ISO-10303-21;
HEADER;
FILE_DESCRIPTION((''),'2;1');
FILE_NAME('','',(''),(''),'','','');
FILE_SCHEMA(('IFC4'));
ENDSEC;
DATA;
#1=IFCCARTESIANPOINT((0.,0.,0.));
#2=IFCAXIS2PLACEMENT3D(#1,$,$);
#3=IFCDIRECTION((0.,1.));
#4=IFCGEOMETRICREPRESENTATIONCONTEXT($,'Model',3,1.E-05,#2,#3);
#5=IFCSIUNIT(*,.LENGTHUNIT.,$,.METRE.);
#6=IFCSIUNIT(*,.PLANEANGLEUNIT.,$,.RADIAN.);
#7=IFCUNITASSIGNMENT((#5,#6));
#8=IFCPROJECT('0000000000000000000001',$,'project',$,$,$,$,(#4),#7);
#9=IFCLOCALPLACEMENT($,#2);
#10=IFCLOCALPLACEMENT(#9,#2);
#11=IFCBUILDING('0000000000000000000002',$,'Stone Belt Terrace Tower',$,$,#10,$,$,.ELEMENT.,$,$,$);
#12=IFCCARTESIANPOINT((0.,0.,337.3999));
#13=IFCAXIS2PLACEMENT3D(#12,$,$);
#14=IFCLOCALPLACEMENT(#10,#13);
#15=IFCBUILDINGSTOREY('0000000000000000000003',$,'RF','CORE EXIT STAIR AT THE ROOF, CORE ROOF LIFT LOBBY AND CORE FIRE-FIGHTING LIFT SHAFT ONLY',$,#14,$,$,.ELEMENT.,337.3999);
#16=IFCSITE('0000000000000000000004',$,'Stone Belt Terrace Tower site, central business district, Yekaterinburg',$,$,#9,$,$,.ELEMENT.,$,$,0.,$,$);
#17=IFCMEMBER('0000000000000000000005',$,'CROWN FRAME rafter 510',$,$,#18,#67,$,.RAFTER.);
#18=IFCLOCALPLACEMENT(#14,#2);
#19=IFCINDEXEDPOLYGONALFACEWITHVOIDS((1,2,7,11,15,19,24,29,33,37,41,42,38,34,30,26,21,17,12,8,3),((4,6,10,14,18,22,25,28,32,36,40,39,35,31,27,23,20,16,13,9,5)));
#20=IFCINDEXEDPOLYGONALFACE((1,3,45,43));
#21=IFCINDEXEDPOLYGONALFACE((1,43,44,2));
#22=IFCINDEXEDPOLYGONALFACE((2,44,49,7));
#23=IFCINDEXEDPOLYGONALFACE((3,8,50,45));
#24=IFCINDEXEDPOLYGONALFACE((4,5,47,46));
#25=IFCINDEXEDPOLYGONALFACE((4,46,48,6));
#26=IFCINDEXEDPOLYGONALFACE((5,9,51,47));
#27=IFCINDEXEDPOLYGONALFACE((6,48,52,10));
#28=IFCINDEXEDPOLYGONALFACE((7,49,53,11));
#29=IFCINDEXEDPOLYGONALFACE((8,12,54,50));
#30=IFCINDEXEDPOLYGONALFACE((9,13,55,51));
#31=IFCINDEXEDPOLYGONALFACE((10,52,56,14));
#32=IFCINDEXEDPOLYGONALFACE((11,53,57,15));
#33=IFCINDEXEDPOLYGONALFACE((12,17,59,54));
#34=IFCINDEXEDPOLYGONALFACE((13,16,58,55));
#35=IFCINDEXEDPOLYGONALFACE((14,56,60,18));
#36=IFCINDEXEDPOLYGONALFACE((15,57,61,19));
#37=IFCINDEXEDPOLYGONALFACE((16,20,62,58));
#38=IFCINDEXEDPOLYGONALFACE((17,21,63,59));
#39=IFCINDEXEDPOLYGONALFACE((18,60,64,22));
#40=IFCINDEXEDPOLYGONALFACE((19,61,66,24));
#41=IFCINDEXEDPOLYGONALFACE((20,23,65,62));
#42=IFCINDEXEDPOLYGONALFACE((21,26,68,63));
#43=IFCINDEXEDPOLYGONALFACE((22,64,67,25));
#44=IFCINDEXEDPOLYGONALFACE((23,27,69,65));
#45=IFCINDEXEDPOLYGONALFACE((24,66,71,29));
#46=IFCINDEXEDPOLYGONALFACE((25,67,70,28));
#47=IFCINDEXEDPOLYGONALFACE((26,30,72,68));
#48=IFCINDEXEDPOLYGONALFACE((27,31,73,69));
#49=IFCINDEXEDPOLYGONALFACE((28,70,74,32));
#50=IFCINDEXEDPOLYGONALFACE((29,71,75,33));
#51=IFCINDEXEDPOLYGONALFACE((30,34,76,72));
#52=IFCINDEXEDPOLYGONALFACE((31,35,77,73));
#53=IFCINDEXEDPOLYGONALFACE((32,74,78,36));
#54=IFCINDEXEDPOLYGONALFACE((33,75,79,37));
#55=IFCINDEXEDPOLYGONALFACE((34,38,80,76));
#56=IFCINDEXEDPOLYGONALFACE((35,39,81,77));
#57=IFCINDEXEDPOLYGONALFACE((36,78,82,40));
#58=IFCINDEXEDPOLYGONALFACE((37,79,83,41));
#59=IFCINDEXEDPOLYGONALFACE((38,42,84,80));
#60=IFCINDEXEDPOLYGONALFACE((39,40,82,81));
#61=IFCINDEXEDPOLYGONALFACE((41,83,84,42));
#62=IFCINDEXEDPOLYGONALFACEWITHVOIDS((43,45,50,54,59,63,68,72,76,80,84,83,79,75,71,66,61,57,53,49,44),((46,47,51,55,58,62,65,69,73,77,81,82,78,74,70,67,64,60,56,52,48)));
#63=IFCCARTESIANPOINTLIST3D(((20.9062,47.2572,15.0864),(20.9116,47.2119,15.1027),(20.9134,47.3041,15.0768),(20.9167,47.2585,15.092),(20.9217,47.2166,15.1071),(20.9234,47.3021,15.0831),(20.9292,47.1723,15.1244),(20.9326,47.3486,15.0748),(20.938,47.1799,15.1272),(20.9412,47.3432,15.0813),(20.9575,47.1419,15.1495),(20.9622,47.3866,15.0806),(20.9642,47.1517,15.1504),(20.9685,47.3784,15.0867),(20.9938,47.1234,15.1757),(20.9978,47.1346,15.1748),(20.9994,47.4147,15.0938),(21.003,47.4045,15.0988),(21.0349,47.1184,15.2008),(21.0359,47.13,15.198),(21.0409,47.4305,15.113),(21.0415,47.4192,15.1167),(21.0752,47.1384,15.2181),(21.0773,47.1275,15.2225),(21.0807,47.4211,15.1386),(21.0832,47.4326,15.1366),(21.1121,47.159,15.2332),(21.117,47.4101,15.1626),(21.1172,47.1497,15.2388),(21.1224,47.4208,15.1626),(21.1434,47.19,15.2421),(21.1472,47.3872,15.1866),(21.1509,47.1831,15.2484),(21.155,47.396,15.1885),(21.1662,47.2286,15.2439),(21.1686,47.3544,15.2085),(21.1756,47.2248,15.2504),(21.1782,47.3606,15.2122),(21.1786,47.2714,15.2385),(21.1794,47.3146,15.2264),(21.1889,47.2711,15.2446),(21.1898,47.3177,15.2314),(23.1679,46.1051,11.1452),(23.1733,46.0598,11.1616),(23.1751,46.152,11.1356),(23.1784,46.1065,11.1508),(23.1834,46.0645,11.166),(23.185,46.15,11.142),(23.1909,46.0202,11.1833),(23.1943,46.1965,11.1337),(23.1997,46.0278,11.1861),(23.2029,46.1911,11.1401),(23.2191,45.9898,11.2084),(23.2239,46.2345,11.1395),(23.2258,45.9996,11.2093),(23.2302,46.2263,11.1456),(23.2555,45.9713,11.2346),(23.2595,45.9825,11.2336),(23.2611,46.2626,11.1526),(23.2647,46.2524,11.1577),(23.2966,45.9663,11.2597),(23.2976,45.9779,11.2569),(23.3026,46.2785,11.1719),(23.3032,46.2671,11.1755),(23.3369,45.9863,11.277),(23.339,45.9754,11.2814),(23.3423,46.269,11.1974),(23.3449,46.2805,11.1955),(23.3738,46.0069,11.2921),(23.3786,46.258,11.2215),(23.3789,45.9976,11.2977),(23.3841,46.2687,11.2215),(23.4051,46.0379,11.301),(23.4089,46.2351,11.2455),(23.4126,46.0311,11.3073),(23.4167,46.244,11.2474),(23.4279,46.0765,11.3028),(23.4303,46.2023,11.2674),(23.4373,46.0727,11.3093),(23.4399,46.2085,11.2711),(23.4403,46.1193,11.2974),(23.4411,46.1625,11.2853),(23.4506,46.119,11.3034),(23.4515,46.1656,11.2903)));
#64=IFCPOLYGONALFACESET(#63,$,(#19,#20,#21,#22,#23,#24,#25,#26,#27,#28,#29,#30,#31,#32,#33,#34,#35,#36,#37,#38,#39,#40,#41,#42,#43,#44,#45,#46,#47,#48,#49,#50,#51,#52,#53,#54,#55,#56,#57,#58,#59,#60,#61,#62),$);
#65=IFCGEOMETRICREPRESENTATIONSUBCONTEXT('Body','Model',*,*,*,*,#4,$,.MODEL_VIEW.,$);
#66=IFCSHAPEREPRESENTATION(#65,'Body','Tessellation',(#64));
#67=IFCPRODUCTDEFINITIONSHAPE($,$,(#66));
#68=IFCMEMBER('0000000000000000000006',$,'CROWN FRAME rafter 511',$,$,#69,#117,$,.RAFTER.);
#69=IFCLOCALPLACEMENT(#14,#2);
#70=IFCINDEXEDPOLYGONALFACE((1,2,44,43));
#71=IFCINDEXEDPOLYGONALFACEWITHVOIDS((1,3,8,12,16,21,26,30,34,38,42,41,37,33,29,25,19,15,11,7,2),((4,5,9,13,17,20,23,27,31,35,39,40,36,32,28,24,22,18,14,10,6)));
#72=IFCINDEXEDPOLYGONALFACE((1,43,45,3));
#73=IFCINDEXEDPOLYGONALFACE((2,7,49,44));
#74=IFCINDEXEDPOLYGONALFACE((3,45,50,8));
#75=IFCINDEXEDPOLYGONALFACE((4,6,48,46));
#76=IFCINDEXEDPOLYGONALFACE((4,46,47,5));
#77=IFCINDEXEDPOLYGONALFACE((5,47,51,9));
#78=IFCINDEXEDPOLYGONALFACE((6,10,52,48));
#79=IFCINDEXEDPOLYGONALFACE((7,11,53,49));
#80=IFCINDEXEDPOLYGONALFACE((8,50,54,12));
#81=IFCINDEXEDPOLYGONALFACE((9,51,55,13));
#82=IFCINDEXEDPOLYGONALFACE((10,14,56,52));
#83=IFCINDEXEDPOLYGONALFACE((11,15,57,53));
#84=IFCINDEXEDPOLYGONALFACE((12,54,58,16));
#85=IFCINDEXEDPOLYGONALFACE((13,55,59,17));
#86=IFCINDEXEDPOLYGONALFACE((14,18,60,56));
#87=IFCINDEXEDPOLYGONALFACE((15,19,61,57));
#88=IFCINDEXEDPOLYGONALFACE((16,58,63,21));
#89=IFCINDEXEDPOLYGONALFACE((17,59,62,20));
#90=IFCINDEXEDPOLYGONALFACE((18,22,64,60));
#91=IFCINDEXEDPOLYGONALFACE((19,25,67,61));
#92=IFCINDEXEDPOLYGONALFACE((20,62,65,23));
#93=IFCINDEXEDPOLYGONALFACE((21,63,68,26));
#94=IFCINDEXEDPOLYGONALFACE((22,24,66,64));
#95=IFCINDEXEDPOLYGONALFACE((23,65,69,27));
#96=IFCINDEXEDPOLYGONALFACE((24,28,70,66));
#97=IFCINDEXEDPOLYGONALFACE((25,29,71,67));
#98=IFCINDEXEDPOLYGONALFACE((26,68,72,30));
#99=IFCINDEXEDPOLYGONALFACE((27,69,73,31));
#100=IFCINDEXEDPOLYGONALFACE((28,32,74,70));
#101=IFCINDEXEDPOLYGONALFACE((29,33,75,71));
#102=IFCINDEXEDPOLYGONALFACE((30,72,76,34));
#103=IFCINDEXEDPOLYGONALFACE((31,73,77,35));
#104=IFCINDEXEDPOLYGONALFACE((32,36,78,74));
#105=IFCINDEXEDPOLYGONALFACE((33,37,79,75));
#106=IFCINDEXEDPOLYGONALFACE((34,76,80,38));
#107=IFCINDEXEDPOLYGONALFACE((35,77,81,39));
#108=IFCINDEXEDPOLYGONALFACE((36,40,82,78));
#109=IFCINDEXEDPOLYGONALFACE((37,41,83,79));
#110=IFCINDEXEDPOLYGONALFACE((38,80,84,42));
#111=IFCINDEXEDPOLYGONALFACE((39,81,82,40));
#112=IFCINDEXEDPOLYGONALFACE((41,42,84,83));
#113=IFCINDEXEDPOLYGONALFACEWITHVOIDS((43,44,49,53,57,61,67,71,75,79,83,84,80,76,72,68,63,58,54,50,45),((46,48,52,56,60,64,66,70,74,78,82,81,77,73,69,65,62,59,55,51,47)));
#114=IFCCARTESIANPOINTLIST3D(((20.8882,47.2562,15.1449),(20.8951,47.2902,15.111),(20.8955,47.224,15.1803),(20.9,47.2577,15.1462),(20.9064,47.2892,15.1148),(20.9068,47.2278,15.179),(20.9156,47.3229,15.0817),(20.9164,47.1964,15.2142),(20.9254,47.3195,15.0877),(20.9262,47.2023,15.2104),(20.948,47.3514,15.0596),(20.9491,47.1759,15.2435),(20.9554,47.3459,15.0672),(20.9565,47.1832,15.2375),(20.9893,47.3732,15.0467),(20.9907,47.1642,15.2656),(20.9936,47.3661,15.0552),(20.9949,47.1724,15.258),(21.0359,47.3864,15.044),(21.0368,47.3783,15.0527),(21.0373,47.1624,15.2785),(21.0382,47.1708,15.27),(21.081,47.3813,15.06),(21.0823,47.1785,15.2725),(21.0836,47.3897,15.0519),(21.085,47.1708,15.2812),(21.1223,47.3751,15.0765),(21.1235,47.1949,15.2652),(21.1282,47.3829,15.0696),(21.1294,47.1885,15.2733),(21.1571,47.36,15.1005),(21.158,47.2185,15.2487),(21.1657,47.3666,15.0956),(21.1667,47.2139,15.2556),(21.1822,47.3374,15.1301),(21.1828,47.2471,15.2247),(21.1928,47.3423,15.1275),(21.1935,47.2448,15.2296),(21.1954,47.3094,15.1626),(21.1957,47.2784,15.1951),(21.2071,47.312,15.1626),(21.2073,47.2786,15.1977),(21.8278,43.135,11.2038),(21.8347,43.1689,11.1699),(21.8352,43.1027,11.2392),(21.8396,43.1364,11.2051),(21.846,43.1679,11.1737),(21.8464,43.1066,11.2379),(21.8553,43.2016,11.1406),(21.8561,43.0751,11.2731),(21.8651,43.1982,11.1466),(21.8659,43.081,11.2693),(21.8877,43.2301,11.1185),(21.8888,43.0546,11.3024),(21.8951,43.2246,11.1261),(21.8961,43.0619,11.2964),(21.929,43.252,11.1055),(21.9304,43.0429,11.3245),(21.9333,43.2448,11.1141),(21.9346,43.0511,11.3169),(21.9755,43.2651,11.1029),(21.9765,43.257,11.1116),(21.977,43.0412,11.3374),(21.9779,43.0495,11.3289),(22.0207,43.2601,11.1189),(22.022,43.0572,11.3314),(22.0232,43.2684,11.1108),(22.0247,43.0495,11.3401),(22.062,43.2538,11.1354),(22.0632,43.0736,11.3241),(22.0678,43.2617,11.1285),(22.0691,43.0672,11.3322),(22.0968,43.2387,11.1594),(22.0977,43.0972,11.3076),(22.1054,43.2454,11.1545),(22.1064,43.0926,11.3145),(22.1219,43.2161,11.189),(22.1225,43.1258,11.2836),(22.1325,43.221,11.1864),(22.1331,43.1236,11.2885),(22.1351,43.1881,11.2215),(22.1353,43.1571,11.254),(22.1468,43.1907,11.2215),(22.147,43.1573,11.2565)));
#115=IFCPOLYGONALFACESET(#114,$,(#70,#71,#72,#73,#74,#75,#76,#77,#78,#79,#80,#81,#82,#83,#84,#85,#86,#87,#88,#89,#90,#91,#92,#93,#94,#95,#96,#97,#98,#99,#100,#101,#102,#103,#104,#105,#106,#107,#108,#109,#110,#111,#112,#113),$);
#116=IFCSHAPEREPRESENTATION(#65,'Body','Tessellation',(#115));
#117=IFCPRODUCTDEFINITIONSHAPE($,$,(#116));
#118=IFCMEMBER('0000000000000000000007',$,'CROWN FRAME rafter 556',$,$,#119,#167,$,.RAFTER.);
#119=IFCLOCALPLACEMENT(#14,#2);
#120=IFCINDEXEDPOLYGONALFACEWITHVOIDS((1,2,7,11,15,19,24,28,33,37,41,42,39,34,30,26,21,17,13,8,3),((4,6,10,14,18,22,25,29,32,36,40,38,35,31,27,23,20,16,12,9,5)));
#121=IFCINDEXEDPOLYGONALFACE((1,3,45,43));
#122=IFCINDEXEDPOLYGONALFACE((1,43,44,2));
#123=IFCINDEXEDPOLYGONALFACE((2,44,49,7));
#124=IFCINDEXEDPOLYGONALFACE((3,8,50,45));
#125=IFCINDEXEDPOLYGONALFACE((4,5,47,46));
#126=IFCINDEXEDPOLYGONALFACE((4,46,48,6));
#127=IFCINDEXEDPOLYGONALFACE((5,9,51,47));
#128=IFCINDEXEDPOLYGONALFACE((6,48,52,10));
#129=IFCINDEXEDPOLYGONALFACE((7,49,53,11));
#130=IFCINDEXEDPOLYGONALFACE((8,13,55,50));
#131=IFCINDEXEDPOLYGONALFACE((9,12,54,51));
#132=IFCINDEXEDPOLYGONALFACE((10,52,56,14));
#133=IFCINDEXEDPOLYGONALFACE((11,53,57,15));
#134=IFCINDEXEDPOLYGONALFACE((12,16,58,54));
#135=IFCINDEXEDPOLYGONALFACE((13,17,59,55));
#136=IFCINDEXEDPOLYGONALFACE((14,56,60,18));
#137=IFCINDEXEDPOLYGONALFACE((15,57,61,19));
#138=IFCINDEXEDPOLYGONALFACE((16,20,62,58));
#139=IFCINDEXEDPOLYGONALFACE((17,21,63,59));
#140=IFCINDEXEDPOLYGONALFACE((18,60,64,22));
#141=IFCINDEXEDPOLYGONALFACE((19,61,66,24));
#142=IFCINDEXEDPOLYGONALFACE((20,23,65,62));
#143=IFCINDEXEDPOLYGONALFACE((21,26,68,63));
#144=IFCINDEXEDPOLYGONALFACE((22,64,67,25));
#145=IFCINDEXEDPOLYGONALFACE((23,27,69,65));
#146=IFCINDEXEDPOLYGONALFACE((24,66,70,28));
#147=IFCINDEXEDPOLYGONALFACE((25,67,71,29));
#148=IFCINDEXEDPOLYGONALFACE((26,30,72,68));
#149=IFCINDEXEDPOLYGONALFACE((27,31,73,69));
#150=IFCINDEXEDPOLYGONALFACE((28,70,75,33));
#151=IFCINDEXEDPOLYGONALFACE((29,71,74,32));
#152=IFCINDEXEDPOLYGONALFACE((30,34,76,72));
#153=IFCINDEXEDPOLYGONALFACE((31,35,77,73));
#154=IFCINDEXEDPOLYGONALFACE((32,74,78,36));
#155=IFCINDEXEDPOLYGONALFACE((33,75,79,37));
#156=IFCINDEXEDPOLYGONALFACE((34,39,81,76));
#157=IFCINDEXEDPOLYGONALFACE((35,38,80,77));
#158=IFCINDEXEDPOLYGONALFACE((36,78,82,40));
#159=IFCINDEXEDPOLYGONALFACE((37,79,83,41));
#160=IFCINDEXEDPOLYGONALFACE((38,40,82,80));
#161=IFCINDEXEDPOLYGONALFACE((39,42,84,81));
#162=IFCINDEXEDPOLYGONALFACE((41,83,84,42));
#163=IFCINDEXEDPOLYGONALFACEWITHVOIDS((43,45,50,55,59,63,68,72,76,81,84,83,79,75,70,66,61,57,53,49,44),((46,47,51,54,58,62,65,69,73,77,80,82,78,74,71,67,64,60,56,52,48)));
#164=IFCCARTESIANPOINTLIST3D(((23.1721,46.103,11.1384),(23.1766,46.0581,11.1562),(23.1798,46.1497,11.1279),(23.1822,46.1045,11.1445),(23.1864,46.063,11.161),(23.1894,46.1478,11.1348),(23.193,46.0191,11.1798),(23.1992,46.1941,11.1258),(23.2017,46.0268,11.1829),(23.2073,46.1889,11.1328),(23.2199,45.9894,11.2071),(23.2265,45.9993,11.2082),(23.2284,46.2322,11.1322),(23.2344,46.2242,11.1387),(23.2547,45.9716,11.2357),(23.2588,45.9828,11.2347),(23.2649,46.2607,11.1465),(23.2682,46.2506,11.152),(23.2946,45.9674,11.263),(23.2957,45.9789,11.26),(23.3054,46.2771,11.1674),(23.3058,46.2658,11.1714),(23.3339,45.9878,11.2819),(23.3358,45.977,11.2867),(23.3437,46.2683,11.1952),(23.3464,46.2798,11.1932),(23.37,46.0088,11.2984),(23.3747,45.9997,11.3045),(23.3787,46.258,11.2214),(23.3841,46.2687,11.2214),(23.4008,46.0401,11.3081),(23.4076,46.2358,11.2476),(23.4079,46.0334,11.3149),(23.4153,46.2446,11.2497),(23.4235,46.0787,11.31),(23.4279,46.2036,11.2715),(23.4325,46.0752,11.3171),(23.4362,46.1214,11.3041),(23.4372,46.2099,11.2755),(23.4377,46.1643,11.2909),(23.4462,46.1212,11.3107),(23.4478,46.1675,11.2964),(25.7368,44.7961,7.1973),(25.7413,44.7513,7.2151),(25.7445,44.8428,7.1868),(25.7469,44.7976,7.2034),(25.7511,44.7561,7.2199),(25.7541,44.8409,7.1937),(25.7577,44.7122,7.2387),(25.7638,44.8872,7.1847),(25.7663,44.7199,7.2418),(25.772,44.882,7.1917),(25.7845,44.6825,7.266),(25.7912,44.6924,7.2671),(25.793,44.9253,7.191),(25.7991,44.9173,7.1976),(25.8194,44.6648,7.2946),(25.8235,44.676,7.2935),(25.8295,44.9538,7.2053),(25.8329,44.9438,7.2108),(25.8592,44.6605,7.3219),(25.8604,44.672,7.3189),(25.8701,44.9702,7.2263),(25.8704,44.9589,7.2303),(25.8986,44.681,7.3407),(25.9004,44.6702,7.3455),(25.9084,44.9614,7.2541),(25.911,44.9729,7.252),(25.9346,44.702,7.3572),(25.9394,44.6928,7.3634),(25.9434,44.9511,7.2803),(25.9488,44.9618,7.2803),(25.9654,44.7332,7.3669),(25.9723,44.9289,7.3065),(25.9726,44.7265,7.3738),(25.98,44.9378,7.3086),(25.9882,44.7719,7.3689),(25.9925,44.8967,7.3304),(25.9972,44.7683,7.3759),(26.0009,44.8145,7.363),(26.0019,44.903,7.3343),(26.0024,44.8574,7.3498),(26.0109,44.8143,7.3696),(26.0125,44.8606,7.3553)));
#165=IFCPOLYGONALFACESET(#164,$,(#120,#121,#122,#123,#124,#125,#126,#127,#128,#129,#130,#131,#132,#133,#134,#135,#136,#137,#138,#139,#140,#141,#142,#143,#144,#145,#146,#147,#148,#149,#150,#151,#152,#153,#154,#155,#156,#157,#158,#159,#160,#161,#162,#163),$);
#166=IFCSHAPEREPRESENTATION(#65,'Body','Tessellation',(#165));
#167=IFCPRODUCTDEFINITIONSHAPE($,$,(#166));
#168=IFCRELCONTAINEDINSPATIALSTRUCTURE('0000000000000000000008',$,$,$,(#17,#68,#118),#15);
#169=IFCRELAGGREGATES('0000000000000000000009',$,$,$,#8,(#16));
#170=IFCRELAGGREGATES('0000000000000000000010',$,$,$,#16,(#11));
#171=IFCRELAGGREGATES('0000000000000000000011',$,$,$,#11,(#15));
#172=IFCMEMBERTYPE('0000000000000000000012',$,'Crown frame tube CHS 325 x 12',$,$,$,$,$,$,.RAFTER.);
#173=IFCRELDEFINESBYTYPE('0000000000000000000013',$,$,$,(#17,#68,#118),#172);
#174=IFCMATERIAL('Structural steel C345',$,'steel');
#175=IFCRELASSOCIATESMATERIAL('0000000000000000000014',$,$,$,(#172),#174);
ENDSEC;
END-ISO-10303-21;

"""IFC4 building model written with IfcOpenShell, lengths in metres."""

from ifc_helpers import new_model, si_unit, direction, frame, origin, origin_2d, place, context, subcontext, project, spatial, hollow_circle, extrude, material, material_profile, profile_set, type_object, element, save


model = new_model("IFC4")

# Units and contexts
model_context = context("Model", 3, precision=1e-05, world=origin(), true_north=direction((0.0, 1.0)))
body_context = subcontext(model_context, "Body", "Model", "MODEL_VIEW")
ifc_project = project(units=[si_unit("LENGTHUNIT", "METRE"), si_unit("PLANEANGLEUNIT", "RADIAN")], contexts=[model_context])

# Site, building, storey
site_placement = place(None, origin())
site = spatial("IfcSite", under=ifc_project, at=site_placement, Name="Stone Belt Terrace Tower site, central business district, Yekaterinburg", CompositionType="ELEMENT", RefElevation=0.0)
building_placement = place(site_placement, origin())
building = spatial("IfcBuilding", under=site, at=building_placement, Name="Stone Belt Terrace Tower", CompositionType="ELEMENT")
storey_placement = place(building_placement, frame((0.0, 0.0, 337.3999)))
storey = spatial("IfcBuildingStorey", under=building, at=storey_placement, Name="RF", Description="CORE EXIT STAIR AT THE ROOF, CORE ROOF LIFT LOBBY AND CORE FIRE-FIGHTING LIFT SHAFT ONLY", CompositionType="ELEMENT", Elevation=337.3999)

# Members
ifc_material_1 = material(Name="Structural steel C345", Category="steel")
ifc_material_profile_1 = material_profile(ifc_material_1, hollow_circle(Radius=0.1626, WallThickness=0.012, at=origin_2d()), Name="Structural steel C345 CHS 325x12")
ifc_profile_set_1 = profile_set([ifc_material_profile_1], Name="Structural steel C345")
member_type_1 = type_object("IfcMemberType", Name="Crown frame tube CHS 325 x 12", PredefinedType="RAFTER", material=ifc_profile_set_1)
member_1_placement = place(storey_placement, frame((21.0486, 47.2759, 15.1626), z_axis=(0.482469, -0.245766, -0.840728), x_axis=(0.453896, 0.891055, 0.0)))
element("IfcMember", 1, at=member_1_placement, inside=storey, type_object=member_type_1, Name="CROWN FRAME rafter 510", PredefinedType="RAFTER", context=body_context, shape_type="SweptSolid", body=[
    extrude(hollow_circle(Radius=0.1626, WallThickness=0.012, at=origin_2d()), origin(), (0.0, 0.0, 1.0), 4.6877),
])
member_2_placement = place(storey_placement, frame((21.0486, 47.2759, 15.1626), z_axis=(0.162595, -0.713111, -0.681935), x_axis=(0.974978, 0.222303, 0.0)))
element("IfcMember", 2, at=member_2_placement, inside=storey, type_object=member_type_1, Name="CROWN FRAME rafter 511", PredefinedType="RAFTER", context=body_context, shape_type="SweptSolid", body=[
    extrude(hollow_circle(Radius=0.1626, WallThickness=0.012, at=origin_2d()), origin(), (0.0, 0.0, 1.0), 5.7793),
])
member_3_placement = place(storey_placement, frame((23.3103, 46.1238, 11.2214), z_axis=(0.525509, -0.267782, -0.807548), x_axis=(0.45402, 0.890992, 0.0)))
element("IfcMember", 3, at=member_3_placement, inside=storey, type_object=member_type_1, Name="CROWN FRAME rafter 556", PredefinedType="RAFTER", context=body_context, shape_type="SweptSolid", body=[
    extrude(hollow_circle(Radius=0.1626, WallThickness=0.012, at=origin_2d()), origin(), (0.0, 0.0, 1.0), 4.8804),
])

save(model, "model.ifc")
